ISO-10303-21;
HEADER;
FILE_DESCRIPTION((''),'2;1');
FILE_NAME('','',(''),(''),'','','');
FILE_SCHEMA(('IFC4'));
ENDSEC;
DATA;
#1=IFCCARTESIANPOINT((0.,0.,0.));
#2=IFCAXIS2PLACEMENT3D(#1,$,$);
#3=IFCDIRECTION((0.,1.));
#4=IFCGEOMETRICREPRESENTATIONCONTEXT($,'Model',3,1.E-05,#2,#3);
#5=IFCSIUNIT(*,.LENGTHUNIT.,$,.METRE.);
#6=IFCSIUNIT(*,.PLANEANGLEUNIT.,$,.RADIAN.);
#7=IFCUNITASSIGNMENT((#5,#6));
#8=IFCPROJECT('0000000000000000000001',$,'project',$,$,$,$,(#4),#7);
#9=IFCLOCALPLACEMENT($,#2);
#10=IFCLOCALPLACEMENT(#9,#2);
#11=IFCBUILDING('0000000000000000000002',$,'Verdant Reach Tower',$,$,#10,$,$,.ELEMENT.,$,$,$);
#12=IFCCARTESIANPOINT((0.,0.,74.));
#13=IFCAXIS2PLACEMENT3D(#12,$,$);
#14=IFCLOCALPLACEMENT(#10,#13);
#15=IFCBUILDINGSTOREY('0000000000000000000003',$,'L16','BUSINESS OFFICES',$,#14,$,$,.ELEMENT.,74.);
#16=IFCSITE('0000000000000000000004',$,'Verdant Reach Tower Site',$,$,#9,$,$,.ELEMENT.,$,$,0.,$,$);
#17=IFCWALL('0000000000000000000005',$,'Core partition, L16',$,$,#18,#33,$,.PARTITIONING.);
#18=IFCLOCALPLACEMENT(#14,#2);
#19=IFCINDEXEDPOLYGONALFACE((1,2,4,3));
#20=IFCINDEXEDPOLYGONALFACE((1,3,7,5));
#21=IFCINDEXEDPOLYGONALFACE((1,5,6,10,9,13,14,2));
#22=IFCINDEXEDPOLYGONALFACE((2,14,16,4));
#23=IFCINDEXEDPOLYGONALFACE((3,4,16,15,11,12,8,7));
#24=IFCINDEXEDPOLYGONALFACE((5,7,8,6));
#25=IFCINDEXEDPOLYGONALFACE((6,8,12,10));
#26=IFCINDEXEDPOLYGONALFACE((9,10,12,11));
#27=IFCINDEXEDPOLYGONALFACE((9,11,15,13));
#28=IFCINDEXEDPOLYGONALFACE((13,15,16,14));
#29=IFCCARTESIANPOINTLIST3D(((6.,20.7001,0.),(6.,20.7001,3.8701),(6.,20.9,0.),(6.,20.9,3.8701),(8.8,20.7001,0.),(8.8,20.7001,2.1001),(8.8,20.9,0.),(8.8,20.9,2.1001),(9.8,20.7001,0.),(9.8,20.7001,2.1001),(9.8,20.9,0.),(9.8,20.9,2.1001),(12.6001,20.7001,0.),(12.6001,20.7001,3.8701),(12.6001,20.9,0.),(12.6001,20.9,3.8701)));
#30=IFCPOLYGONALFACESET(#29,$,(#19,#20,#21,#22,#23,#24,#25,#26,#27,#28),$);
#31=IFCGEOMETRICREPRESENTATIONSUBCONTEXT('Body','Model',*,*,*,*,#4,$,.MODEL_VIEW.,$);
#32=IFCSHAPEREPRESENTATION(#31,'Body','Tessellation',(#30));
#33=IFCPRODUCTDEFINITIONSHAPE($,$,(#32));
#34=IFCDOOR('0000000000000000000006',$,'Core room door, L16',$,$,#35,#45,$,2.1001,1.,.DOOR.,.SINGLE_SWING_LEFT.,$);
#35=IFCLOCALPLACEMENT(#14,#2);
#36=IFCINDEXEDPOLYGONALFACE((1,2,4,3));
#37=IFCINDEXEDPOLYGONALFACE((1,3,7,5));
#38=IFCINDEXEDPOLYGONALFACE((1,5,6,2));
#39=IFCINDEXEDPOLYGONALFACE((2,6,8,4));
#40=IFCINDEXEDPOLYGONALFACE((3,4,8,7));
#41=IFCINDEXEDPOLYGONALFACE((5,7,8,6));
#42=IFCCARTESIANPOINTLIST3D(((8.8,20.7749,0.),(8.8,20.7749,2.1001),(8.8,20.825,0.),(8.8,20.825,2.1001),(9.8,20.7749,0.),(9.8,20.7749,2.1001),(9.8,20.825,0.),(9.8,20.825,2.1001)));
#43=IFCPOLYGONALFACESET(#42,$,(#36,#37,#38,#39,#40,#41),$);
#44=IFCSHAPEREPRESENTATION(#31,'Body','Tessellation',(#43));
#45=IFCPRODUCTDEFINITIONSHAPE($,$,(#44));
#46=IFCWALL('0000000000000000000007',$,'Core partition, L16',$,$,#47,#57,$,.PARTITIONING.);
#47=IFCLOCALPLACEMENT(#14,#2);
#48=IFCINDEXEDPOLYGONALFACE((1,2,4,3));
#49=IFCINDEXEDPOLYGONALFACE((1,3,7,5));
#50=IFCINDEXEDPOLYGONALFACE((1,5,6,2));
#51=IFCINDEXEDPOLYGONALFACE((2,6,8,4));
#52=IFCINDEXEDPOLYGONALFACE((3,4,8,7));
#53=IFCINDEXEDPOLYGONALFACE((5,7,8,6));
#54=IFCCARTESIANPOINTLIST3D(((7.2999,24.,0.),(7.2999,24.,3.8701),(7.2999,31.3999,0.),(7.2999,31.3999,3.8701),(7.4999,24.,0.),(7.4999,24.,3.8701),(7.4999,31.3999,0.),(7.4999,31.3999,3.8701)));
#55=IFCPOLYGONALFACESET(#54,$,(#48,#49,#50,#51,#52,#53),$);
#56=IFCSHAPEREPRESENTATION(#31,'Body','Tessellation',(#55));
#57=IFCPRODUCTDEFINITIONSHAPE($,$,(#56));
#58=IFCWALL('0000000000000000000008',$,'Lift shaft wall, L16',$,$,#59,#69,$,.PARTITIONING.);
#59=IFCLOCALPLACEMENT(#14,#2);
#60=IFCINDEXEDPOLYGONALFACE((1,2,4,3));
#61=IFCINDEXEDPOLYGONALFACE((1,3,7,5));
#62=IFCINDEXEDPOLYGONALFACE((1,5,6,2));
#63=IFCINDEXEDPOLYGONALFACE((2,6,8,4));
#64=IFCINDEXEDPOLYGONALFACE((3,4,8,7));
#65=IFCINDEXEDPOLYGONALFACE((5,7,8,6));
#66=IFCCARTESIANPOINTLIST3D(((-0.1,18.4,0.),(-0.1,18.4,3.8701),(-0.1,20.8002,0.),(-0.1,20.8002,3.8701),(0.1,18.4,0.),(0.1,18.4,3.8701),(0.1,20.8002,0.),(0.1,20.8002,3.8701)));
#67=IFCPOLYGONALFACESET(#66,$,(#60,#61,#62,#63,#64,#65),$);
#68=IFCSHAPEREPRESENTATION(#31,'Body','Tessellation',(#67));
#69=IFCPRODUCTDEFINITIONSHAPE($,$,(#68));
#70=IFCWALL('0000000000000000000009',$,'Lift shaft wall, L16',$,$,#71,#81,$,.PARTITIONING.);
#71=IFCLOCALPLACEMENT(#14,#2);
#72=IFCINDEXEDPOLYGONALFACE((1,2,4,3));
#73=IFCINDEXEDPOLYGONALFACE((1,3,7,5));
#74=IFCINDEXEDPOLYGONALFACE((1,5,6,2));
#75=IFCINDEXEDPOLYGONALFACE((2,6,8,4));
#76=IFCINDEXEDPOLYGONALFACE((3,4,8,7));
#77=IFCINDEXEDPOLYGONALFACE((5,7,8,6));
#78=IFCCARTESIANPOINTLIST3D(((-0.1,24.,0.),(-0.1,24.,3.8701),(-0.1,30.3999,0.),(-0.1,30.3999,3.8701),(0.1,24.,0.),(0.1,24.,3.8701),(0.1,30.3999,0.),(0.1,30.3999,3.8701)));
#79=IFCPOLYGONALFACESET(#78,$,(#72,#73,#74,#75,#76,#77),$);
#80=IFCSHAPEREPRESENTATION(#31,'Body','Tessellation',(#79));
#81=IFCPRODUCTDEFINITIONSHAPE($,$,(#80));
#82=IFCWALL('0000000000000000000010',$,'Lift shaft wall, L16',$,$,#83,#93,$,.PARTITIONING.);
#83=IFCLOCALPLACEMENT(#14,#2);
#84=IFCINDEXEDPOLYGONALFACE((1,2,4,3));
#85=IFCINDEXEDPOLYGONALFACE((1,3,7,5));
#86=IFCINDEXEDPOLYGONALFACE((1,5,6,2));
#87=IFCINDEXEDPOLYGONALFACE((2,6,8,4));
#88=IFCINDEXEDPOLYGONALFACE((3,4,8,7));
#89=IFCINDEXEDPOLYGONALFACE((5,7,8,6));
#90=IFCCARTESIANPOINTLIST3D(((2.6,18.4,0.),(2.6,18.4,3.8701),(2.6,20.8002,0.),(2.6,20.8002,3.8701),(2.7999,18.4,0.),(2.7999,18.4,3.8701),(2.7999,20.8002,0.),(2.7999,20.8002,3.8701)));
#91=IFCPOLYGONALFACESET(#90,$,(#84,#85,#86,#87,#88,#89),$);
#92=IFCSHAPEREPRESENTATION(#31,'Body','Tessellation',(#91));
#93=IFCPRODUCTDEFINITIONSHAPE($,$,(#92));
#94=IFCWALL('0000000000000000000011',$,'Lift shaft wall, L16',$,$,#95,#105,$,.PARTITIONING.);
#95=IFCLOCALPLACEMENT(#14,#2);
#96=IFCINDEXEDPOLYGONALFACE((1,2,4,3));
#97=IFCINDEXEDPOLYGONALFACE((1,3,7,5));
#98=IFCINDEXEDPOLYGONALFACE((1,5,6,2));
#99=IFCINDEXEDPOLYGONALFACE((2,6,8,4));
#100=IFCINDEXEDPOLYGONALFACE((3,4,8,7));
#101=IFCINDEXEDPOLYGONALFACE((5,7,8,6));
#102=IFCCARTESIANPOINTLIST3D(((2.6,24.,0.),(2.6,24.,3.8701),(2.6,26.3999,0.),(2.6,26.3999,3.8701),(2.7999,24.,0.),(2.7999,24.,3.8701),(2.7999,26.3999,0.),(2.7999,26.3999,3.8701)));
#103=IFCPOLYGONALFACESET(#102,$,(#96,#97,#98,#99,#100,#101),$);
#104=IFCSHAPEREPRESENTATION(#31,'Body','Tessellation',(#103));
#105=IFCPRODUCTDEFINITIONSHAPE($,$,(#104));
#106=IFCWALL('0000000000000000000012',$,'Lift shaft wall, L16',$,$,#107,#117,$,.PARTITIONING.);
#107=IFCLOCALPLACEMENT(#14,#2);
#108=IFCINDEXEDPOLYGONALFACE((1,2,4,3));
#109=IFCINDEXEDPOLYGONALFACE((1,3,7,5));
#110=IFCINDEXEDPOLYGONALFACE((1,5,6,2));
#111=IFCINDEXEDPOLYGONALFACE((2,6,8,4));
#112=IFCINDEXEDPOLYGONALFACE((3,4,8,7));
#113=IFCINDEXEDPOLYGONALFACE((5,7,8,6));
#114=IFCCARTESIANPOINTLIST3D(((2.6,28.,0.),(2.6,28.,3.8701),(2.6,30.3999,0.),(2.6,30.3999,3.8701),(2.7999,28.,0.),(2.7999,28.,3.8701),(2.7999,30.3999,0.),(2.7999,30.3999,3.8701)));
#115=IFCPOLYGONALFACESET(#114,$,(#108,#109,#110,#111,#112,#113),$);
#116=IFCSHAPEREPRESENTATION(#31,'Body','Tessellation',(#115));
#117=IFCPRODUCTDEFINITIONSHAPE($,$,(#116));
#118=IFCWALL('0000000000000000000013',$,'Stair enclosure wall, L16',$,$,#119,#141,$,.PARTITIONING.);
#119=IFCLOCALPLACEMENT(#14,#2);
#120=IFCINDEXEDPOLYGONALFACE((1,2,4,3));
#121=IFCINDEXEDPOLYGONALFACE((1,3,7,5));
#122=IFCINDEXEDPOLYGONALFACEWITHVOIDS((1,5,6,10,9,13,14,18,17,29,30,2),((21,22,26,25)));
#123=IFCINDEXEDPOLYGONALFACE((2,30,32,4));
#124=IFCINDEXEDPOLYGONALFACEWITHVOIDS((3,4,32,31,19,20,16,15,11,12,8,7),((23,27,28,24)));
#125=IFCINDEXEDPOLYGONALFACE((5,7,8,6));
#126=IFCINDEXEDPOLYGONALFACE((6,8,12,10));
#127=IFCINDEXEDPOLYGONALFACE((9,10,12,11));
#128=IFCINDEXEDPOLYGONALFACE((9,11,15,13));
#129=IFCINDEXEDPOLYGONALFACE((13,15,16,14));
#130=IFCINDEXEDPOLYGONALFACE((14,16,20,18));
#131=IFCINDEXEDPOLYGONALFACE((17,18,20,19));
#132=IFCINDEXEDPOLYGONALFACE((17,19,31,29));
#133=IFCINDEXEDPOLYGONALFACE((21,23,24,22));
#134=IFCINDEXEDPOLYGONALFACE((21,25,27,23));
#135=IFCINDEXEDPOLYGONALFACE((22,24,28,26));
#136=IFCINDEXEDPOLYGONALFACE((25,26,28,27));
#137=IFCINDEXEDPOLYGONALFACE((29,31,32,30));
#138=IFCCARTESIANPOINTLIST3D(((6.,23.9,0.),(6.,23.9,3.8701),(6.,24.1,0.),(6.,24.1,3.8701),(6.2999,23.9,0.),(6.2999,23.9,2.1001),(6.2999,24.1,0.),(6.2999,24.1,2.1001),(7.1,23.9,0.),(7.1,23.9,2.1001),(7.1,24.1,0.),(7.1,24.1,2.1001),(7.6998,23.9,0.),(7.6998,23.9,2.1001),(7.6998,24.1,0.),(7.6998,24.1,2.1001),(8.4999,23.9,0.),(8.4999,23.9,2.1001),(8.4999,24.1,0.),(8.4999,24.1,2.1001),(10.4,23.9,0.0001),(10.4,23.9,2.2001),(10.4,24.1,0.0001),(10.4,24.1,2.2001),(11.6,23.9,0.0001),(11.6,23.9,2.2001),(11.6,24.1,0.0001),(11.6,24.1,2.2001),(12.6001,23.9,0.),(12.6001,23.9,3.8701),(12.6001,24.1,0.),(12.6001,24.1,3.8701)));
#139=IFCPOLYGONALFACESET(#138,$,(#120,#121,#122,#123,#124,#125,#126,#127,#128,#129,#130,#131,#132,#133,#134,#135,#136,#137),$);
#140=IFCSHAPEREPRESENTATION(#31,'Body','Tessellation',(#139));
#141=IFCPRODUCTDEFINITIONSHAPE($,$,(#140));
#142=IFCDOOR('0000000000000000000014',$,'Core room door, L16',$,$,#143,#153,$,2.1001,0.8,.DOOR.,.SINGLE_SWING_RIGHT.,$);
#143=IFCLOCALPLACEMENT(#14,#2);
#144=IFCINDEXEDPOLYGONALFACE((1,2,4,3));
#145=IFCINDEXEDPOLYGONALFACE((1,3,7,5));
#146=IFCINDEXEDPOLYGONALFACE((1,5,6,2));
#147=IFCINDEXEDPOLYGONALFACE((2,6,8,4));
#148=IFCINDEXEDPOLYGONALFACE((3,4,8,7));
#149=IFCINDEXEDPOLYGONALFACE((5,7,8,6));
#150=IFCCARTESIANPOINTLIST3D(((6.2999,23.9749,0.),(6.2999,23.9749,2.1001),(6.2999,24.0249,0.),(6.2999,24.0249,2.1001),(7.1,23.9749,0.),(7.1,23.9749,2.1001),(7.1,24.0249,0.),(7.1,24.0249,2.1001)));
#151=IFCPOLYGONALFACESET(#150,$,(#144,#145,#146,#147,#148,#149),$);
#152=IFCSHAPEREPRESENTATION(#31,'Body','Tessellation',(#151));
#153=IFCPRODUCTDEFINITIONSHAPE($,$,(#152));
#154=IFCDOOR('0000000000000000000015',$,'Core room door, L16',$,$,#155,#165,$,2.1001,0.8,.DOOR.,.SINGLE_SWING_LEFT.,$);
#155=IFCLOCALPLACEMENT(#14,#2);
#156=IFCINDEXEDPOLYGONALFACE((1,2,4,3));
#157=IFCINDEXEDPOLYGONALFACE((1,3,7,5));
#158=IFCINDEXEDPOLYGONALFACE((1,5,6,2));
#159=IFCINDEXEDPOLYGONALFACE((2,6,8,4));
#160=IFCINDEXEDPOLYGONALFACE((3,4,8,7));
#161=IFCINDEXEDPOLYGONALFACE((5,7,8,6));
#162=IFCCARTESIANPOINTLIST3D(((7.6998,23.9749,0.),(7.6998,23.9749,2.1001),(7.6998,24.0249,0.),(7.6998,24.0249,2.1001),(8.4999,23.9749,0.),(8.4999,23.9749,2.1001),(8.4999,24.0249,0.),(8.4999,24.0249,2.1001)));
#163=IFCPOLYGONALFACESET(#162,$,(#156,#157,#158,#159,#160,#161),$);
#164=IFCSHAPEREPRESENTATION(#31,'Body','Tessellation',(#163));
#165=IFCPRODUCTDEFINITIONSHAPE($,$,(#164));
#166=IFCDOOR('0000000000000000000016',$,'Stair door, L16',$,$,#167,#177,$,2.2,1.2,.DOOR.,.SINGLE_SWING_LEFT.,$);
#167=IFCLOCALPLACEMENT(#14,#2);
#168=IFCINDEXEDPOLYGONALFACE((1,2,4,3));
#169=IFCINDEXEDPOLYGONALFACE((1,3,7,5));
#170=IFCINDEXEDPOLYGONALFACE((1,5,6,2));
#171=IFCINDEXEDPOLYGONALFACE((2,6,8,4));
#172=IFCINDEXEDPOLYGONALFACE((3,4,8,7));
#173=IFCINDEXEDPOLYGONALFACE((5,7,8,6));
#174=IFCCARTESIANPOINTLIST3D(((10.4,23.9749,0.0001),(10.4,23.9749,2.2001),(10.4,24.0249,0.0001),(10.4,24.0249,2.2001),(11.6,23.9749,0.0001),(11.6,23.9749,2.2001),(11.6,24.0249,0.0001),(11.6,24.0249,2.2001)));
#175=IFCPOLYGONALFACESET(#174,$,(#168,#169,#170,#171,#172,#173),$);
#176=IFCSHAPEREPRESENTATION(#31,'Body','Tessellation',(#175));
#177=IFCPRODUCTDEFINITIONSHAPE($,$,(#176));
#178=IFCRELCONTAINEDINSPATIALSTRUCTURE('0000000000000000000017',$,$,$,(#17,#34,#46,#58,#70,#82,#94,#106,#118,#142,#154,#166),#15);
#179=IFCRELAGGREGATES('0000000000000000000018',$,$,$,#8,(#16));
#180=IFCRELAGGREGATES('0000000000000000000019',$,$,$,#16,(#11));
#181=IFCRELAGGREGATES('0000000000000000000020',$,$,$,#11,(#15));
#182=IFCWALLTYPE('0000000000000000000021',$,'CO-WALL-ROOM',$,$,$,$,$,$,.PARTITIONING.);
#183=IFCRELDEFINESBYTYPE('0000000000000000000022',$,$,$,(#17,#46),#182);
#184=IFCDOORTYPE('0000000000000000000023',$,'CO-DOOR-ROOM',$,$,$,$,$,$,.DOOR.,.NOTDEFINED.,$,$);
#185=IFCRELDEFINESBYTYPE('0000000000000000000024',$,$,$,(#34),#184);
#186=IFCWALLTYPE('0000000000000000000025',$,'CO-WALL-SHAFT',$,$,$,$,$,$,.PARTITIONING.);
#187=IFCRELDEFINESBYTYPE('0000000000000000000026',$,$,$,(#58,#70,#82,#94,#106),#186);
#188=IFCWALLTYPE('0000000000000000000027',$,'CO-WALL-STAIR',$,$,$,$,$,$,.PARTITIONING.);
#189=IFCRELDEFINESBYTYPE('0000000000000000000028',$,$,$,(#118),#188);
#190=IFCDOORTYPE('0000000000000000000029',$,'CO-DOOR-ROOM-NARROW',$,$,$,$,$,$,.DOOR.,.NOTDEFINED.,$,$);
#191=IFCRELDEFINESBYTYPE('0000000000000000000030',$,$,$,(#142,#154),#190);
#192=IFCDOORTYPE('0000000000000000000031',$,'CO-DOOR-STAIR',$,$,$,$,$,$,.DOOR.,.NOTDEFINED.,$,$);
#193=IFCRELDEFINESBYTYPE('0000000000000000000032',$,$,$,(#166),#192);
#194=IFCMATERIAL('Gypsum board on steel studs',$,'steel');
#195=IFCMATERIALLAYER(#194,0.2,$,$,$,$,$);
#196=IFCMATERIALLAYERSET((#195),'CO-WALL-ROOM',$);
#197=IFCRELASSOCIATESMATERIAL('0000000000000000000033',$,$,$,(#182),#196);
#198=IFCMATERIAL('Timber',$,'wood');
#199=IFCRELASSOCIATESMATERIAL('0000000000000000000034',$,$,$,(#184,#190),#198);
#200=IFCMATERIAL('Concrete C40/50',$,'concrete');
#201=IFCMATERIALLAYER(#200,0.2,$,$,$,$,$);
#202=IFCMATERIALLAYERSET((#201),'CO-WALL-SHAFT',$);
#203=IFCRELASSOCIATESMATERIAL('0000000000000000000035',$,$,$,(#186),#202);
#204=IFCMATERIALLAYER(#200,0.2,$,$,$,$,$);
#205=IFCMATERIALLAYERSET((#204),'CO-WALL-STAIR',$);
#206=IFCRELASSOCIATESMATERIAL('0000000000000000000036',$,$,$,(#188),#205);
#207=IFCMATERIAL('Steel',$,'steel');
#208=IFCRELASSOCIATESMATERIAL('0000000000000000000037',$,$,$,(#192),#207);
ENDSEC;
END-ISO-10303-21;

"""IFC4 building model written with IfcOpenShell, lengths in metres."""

from ifc_helpers import new_model, si_unit, direction, frame, frame_2d, origin, place, context, subcontext, project, spatial, rectangle, extrude, material, layer, layer_set, type_object, element, fill, save


model = new_model("IFC4")

# Units and contexts
model_context = context("Model", 3, precision=1e-05, world=origin(), true_north=direction((0.0, 1.0)))
body_context = subcontext(model_context, "Body", "Model", "MODEL_VIEW")
ifc_project = project(units=[si_unit("LENGTHUNIT", "METRE"), si_unit("PLANEANGLEUNIT", "RADIAN")], contexts=[model_context])

# Site, building, storey
site_placement = place(None, origin())
site = spatial("IfcSite", under=ifc_project, at=site_placement, Name="Verdant Reach Tower Site", CompositionType="ELEMENT", RefElevation=0.0)
building_placement = place(site_placement, origin())
building = spatial("IfcBuilding", under=site, at=building_placement, Name="Verdant Reach Tower", CompositionType="ELEMENT")
storey_placement = place(building_placement, frame((0.0, 0.0, 74.0)))
storey = spatial("IfcBuildingStorey", under=building, at=storey_placement, Name="L16", Description="BUSINESS OFFICES", CompositionType="ELEMENT", Elevation=74.0)

# Wall, opening, door
ifc_material_1 = material(Name="Gypsum board on steel studs", Category="steel")
ifc_layer_1 = layer(ifc_material_1, 0.2)
ifc_layer_set_1 = layer_set([ifc_layer_1], Name="CO-WALL-ROOM")
wall_type_1 = type_object("IfcWallType", Name="CO-WALL-ROOM", PredefinedType="PARTITIONING", material=ifc_layer_set_1)
wall_1_placement = place(storey_placement, frame((6.0, 20.8, 0.0), z_axis=(0.0, 0.0, 1.0), x_axis=(1.0, 0.0, 0.0)))
wall_1 = element("IfcWall", 1, at=wall_1_placement, inside=storey, type_object=wall_type_1, Name="Core partition, L16", PredefinedType="PARTITIONING", context=body_context, shape_type="SweptSolid", body=[
    extrude(rectangle(XDim=6.6001, YDim=0.2, at=frame_2d((3.3, 0.0))), origin(), (0.0, 0.0, 1.0), 3.8701),
])
opening_1_placement = place(wall_1_placement, frame((2.8, 0.0, 0.0)))
opening_1 = element("IfcOpeningElement", 2, at=opening_1_placement, cuts=wall_1, PredefinedType="OPENING", context=body_context, shape_type="SweptSolid", body=[
    extrude(rectangle(XDim=1.0, YDim=2.1001, at=frame_2d((0.5, 1.05))), frame((0.0, 0.1099, 0.0), z_axis=(0.0, -1.0, 0.0), x_axis=(1.0, 0.0, 0.0)), (0.0, 0.0, 1.0), 0.22),
])
ifc_material_2 = material(Name="Timber", Category="wood")
door_type_1 = type_object("IfcDoorType", Name="CO-DOOR-ROOM", OperationType="NOTDEFINED", PredefinedType="DOOR", material=ifc_material_2)
door_1_placement = place(opening_1_placement, origin())
door_1 = element("IfcDoor", 3, at=door_1_placement, inside=storey, type_object=door_type_1, Name="Core room door, L16", OperationType="SINGLE_SWING_LEFT", OverallHeight=2.1001, OverallWidth=1.0, PredefinedType="DOOR", context=body_context, shape_type="SweptSolid", body=[
    extrude(rectangle(XDim=1.0, YDim=2.1001, at=frame_2d((0.5, 1.05))), frame((0.0, 0.0249, 0.0), z_axis=(0.0, -1.0, 0.0), x_axis=(1.0, 0.0, 0.0)), (0.0, 0.0, 1.0), 0.05),
])
fill(opening_1, door_1)

# Walls
wall_2_placement = place(storey_placement, frame((7.3999, 24.0, 0.0), z_axis=(0.0, 0.0, 1.0), x_axis=(0.0, 1.0, 0.0)))
element("IfcWall", 4, at=wall_2_placement, inside=storey, type_object=wall_type_1, Name="Core partition, L16", PredefinedType="PARTITIONING", context=body_context, shape_type="SweptSolid", body=[
    extrude(rectangle(XDim=7.3999, YDim=0.2, at=frame_2d((3.7, 0.0))), origin(), (0.0, 0.0, 1.0), 3.8701),
])
ifc_material_3 = material(Name="Concrete C40/50", Category="concrete")
ifc_layer_2 = layer(ifc_material_3, 0.2)
ifc_layer_set_2 = layer_set([ifc_layer_2], Name="CO-WALL-SHAFT")
wall_type_2 = type_object("IfcWallType", Name="CO-WALL-SHAFT", PredefinedType="PARTITIONING", material=ifc_layer_set_2)
wall_3_placement = place(storey_placement, frame((0.0, 18.3999, 0.0), z_axis=(0.0, 0.0, 1.0), x_axis=(0.0, 1.0, 0.0)))
element("IfcWall", 5, at=wall_3_placement, inside=storey, type_object=wall_type_2, Name="Lift shaft wall, L16", PredefinedType="PARTITIONING", context=body_context, shape_type="SweptSolid", body=[
    extrude(rectangle(XDim=2.4001, YDim=0.2, at=frame_2d((1.2002, 0.0))), origin(), (0.0, 0.0, 1.0), 3.8701),
])
wall_4_placement = place(storey_placement, frame((0.0, 24.0, 0.0), z_axis=(0.0, 0.0, 1.0), x_axis=(0.0, 1.0, 0.0)))
element("IfcWall", 6, at=wall_4_placement, inside=storey, type_object=wall_type_2, Name="Lift shaft wall, L16", PredefinedType="PARTITIONING", context=body_context, shape_type="SweptSolid", body=[
    extrude(rectangle(XDim=6.3999, YDim=0.2, at=frame_2d((3.2, 0.0))), origin(), (0.0, 0.0, 1.0), 3.8701),
])
wall_5_placement = place(storey_placement, frame((2.7, 18.3999, 0.0), z_axis=(0.0, 0.0, 1.0), x_axis=(0.0, 1.0, 0.0)))
element("IfcWall", 7, at=wall_5_placement, inside=storey, type_object=wall_type_2, Name="Lift shaft wall, L16", PredefinedType="PARTITIONING", context=body_context, shape_type="SweptSolid", body=[
    extrude(rectangle(XDim=2.4001, YDim=0.2, at=frame_2d((1.2002, 0.0))), origin(), (0.0, 0.0, 1.0), 3.8701),
])
for number, where, z_axis, x_axis, name in (
    (8, (2.7, 24.0, 0.0), (0.0, 0.0, 1.0), (0.0, 1.0, 0.0), "Lift shaft wall, L16"),
    (9, (2.7, 28.0, 0.0), (0.0, 0.0, 1.0), (0.0, 1.0, 0.0), "Lift shaft wall, L16"),
):
    element("IfcWall", number, at=place(storey_placement, frame(where, z_axis=z_axis, x_axis=x_axis)), inside=storey, type_object=wall_type_2, Name=name, PredefinedType="PARTITIONING", context=body_context, shape_type="SweptSolid", body=[
        extrude(rectangle(XDim=2.3999, YDim=0.2, at=frame_2d((1.2, 0.0))), origin(), (0.0, 0.0, 1.0), 3.8701),
    ])

# Wall, openings, doors
ifc_layer_3 = layer(ifc_material_3, 0.2)
ifc_layer_set_3 = layer_set([ifc_layer_3], Name="CO-WALL-STAIR")
wall_type_3 = type_object("IfcWallType", Name="CO-WALL-STAIR", PredefinedType="PARTITIONING", material=ifc_layer_set_3)
wall_6_placement = place(storey_placement, frame((6.0, 24.0, 0.0), z_axis=(0.0, 0.0, 1.0), x_axis=(1.0, 0.0, 0.0)))
wall_6 = element("IfcWall", 10, at=wall_6_placement, inside=storey, type_object=wall_type_3, Name="Stair enclosure wall, L16", PredefinedType="PARTITIONING", context=body_context, shape_type="SweptSolid", body=[
    extrude(rectangle(XDim=6.6001, YDim=0.2, at=frame_2d((3.3, 0.0))), origin(), (0.0, 0.0, 1.0), 3.8701),
])
opening_2_placement = place(wall_6_placement, frame((0.3, 0.0, 0.0)))
opening_2 = element("IfcOpeningElement", 11, at=opening_2_placement, cuts=wall_6, PredefinedType="OPENING", context=body_context, shape_type="SweptSolid", body=[
    extrude(rectangle(XDim=0.8, YDim=2.1001, at=frame_2d((0.3999, 1.05))), frame((0.0, 0.1099, 0.0), z_axis=(0.0, -1.0, 0.0), x_axis=(1.0, 0.0, 0.0)), (0.0, 0.0, 1.0), 0.22),
])
opening_3_placement = place(wall_6_placement, frame((1.7, 0.0, 0.0)))
opening_3 = element("IfcOpeningElement", 12, at=opening_3_placement, cuts=wall_6, PredefinedType="OPENING", context=body_context, shape_type="SweptSolid", body=[
    extrude(rectangle(XDim=0.8, YDim=2.1001, at=frame_2d((0.3999, 1.05))), frame((0.0, 0.1099, 0.0), z_axis=(0.0, -1.0, 0.0), x_axis=(1.0, 0.0, 0.0)), (0.0, 0.0, 1.0), 0.22),
])
opening_4_placement = place(wall_6_placement, frame((4.3999, 0.0, 0.0)))
opening_4 = element("IfcOpeningElement", 13, at=opening_4_placement, cuts=wall_6, PredefinedType="OPENING", context=body_context, shape_type="SweptSolid", body=[
    extrude(rectangle(XDim=1.2, YDim=2.2, at=frame_2d((0.6001, 1.1001))), frame((0.0, 0.1099, 0.0), z_axis=(0.0, -1.0, 0.0), x_axis=(1.0, 0.0, 0.0)), (0.0, 0.0, 1.0), 0.22),
])
door_type_2 = type_object("IfcDoorType", Name="CO-DOOR-ROOM-NARROW", OperationType="NOTDEFINED", PredefinedType="DOOR", material=ifc_material_2)
door_2_placement = place(opening_2_placement, origin())
door_2 = element("IfcDoor", 14, at=door_2_placement, inside=storey, type_object=door_type_2, Name="Core room door, L16", OperationType="SINGLE_SWING_RIGHT", OverallHeight=2.1001, OverallWidth=0.8, PredefinedType="DOOR", context=body_context, shape_type="SweptSolid", body=[
    extrude(rectangle(XDim=0.8, YDim=2.1001, at=frame_2d((0.3999, 1.05))), frame((0.0, 0.0249, 0.0), z_axis=(0.0, -1.0, 0.0), x_axis=(1.0, 0.0, 0.0)), (0.0, 0.0, 1.0), 0.05),
])
fill(opening_2, door_2)
door_3_placement = place(opening_3_placement, origin())
door_3 = element("IfcDoor", 15, at=door_3_placement, inside=storey, type_object=door_type_2, Name="Core room door, L16", OperationType="SINGLE_SWING_LEFT", OverallHeight=2.1001, OverallWidth=0.8, PredefinedType="DOOR", context=body_context, shape_type="SweptSolid", body=[
    extrude(rectangle(XDim=0.8, YDim=2.1001, at=frame_2d((0.3999, 1.05))), frame((0.0, 0.0249, 0.0), z_axis=(0.0, -1.0, 0.0), x_axis=(1.0, 0.0, 0.0)), (0.0, 0.0, 1.0), 0.05),
])
fill(opening_3, door_3)
ifc_material_4 = material(Name="Steel", Category="steel")
door_type_3 = type_object("IfcDoorType", Name="CO-DOOR-STAIR", OperationType="NOTDEFINED", PredefinedType="DOOR", material=ifc_material_4)
door_4_placement = place(opening_4_placement, origin())
door_4 = element("IfcDoor", 16, at=door_4_placement, inside=storey, type_object=door_type_3, Name="Stair door, L16", OperationType="SINGLE_SWING_LEFT", OverallHeight=2.2, OverallWidth=1.2, PredefinedType="DOOR", context=body_context, shape_type="SweptSolid", body=[
    extrude(rectangle(XDim=1.2, YDim=2.2, at=frame_2d((0.6001, 1.1001))), frame((0.0, 0.0249, 0.0), z_axis=(0.0, -1.0, 0.0), x_axis=(1.0, 0.0, 0.0)), (0.0, 0.0, 1.0), 0.05),
])
fill(opening_4, door_4)

save(model, "model.ifc")
